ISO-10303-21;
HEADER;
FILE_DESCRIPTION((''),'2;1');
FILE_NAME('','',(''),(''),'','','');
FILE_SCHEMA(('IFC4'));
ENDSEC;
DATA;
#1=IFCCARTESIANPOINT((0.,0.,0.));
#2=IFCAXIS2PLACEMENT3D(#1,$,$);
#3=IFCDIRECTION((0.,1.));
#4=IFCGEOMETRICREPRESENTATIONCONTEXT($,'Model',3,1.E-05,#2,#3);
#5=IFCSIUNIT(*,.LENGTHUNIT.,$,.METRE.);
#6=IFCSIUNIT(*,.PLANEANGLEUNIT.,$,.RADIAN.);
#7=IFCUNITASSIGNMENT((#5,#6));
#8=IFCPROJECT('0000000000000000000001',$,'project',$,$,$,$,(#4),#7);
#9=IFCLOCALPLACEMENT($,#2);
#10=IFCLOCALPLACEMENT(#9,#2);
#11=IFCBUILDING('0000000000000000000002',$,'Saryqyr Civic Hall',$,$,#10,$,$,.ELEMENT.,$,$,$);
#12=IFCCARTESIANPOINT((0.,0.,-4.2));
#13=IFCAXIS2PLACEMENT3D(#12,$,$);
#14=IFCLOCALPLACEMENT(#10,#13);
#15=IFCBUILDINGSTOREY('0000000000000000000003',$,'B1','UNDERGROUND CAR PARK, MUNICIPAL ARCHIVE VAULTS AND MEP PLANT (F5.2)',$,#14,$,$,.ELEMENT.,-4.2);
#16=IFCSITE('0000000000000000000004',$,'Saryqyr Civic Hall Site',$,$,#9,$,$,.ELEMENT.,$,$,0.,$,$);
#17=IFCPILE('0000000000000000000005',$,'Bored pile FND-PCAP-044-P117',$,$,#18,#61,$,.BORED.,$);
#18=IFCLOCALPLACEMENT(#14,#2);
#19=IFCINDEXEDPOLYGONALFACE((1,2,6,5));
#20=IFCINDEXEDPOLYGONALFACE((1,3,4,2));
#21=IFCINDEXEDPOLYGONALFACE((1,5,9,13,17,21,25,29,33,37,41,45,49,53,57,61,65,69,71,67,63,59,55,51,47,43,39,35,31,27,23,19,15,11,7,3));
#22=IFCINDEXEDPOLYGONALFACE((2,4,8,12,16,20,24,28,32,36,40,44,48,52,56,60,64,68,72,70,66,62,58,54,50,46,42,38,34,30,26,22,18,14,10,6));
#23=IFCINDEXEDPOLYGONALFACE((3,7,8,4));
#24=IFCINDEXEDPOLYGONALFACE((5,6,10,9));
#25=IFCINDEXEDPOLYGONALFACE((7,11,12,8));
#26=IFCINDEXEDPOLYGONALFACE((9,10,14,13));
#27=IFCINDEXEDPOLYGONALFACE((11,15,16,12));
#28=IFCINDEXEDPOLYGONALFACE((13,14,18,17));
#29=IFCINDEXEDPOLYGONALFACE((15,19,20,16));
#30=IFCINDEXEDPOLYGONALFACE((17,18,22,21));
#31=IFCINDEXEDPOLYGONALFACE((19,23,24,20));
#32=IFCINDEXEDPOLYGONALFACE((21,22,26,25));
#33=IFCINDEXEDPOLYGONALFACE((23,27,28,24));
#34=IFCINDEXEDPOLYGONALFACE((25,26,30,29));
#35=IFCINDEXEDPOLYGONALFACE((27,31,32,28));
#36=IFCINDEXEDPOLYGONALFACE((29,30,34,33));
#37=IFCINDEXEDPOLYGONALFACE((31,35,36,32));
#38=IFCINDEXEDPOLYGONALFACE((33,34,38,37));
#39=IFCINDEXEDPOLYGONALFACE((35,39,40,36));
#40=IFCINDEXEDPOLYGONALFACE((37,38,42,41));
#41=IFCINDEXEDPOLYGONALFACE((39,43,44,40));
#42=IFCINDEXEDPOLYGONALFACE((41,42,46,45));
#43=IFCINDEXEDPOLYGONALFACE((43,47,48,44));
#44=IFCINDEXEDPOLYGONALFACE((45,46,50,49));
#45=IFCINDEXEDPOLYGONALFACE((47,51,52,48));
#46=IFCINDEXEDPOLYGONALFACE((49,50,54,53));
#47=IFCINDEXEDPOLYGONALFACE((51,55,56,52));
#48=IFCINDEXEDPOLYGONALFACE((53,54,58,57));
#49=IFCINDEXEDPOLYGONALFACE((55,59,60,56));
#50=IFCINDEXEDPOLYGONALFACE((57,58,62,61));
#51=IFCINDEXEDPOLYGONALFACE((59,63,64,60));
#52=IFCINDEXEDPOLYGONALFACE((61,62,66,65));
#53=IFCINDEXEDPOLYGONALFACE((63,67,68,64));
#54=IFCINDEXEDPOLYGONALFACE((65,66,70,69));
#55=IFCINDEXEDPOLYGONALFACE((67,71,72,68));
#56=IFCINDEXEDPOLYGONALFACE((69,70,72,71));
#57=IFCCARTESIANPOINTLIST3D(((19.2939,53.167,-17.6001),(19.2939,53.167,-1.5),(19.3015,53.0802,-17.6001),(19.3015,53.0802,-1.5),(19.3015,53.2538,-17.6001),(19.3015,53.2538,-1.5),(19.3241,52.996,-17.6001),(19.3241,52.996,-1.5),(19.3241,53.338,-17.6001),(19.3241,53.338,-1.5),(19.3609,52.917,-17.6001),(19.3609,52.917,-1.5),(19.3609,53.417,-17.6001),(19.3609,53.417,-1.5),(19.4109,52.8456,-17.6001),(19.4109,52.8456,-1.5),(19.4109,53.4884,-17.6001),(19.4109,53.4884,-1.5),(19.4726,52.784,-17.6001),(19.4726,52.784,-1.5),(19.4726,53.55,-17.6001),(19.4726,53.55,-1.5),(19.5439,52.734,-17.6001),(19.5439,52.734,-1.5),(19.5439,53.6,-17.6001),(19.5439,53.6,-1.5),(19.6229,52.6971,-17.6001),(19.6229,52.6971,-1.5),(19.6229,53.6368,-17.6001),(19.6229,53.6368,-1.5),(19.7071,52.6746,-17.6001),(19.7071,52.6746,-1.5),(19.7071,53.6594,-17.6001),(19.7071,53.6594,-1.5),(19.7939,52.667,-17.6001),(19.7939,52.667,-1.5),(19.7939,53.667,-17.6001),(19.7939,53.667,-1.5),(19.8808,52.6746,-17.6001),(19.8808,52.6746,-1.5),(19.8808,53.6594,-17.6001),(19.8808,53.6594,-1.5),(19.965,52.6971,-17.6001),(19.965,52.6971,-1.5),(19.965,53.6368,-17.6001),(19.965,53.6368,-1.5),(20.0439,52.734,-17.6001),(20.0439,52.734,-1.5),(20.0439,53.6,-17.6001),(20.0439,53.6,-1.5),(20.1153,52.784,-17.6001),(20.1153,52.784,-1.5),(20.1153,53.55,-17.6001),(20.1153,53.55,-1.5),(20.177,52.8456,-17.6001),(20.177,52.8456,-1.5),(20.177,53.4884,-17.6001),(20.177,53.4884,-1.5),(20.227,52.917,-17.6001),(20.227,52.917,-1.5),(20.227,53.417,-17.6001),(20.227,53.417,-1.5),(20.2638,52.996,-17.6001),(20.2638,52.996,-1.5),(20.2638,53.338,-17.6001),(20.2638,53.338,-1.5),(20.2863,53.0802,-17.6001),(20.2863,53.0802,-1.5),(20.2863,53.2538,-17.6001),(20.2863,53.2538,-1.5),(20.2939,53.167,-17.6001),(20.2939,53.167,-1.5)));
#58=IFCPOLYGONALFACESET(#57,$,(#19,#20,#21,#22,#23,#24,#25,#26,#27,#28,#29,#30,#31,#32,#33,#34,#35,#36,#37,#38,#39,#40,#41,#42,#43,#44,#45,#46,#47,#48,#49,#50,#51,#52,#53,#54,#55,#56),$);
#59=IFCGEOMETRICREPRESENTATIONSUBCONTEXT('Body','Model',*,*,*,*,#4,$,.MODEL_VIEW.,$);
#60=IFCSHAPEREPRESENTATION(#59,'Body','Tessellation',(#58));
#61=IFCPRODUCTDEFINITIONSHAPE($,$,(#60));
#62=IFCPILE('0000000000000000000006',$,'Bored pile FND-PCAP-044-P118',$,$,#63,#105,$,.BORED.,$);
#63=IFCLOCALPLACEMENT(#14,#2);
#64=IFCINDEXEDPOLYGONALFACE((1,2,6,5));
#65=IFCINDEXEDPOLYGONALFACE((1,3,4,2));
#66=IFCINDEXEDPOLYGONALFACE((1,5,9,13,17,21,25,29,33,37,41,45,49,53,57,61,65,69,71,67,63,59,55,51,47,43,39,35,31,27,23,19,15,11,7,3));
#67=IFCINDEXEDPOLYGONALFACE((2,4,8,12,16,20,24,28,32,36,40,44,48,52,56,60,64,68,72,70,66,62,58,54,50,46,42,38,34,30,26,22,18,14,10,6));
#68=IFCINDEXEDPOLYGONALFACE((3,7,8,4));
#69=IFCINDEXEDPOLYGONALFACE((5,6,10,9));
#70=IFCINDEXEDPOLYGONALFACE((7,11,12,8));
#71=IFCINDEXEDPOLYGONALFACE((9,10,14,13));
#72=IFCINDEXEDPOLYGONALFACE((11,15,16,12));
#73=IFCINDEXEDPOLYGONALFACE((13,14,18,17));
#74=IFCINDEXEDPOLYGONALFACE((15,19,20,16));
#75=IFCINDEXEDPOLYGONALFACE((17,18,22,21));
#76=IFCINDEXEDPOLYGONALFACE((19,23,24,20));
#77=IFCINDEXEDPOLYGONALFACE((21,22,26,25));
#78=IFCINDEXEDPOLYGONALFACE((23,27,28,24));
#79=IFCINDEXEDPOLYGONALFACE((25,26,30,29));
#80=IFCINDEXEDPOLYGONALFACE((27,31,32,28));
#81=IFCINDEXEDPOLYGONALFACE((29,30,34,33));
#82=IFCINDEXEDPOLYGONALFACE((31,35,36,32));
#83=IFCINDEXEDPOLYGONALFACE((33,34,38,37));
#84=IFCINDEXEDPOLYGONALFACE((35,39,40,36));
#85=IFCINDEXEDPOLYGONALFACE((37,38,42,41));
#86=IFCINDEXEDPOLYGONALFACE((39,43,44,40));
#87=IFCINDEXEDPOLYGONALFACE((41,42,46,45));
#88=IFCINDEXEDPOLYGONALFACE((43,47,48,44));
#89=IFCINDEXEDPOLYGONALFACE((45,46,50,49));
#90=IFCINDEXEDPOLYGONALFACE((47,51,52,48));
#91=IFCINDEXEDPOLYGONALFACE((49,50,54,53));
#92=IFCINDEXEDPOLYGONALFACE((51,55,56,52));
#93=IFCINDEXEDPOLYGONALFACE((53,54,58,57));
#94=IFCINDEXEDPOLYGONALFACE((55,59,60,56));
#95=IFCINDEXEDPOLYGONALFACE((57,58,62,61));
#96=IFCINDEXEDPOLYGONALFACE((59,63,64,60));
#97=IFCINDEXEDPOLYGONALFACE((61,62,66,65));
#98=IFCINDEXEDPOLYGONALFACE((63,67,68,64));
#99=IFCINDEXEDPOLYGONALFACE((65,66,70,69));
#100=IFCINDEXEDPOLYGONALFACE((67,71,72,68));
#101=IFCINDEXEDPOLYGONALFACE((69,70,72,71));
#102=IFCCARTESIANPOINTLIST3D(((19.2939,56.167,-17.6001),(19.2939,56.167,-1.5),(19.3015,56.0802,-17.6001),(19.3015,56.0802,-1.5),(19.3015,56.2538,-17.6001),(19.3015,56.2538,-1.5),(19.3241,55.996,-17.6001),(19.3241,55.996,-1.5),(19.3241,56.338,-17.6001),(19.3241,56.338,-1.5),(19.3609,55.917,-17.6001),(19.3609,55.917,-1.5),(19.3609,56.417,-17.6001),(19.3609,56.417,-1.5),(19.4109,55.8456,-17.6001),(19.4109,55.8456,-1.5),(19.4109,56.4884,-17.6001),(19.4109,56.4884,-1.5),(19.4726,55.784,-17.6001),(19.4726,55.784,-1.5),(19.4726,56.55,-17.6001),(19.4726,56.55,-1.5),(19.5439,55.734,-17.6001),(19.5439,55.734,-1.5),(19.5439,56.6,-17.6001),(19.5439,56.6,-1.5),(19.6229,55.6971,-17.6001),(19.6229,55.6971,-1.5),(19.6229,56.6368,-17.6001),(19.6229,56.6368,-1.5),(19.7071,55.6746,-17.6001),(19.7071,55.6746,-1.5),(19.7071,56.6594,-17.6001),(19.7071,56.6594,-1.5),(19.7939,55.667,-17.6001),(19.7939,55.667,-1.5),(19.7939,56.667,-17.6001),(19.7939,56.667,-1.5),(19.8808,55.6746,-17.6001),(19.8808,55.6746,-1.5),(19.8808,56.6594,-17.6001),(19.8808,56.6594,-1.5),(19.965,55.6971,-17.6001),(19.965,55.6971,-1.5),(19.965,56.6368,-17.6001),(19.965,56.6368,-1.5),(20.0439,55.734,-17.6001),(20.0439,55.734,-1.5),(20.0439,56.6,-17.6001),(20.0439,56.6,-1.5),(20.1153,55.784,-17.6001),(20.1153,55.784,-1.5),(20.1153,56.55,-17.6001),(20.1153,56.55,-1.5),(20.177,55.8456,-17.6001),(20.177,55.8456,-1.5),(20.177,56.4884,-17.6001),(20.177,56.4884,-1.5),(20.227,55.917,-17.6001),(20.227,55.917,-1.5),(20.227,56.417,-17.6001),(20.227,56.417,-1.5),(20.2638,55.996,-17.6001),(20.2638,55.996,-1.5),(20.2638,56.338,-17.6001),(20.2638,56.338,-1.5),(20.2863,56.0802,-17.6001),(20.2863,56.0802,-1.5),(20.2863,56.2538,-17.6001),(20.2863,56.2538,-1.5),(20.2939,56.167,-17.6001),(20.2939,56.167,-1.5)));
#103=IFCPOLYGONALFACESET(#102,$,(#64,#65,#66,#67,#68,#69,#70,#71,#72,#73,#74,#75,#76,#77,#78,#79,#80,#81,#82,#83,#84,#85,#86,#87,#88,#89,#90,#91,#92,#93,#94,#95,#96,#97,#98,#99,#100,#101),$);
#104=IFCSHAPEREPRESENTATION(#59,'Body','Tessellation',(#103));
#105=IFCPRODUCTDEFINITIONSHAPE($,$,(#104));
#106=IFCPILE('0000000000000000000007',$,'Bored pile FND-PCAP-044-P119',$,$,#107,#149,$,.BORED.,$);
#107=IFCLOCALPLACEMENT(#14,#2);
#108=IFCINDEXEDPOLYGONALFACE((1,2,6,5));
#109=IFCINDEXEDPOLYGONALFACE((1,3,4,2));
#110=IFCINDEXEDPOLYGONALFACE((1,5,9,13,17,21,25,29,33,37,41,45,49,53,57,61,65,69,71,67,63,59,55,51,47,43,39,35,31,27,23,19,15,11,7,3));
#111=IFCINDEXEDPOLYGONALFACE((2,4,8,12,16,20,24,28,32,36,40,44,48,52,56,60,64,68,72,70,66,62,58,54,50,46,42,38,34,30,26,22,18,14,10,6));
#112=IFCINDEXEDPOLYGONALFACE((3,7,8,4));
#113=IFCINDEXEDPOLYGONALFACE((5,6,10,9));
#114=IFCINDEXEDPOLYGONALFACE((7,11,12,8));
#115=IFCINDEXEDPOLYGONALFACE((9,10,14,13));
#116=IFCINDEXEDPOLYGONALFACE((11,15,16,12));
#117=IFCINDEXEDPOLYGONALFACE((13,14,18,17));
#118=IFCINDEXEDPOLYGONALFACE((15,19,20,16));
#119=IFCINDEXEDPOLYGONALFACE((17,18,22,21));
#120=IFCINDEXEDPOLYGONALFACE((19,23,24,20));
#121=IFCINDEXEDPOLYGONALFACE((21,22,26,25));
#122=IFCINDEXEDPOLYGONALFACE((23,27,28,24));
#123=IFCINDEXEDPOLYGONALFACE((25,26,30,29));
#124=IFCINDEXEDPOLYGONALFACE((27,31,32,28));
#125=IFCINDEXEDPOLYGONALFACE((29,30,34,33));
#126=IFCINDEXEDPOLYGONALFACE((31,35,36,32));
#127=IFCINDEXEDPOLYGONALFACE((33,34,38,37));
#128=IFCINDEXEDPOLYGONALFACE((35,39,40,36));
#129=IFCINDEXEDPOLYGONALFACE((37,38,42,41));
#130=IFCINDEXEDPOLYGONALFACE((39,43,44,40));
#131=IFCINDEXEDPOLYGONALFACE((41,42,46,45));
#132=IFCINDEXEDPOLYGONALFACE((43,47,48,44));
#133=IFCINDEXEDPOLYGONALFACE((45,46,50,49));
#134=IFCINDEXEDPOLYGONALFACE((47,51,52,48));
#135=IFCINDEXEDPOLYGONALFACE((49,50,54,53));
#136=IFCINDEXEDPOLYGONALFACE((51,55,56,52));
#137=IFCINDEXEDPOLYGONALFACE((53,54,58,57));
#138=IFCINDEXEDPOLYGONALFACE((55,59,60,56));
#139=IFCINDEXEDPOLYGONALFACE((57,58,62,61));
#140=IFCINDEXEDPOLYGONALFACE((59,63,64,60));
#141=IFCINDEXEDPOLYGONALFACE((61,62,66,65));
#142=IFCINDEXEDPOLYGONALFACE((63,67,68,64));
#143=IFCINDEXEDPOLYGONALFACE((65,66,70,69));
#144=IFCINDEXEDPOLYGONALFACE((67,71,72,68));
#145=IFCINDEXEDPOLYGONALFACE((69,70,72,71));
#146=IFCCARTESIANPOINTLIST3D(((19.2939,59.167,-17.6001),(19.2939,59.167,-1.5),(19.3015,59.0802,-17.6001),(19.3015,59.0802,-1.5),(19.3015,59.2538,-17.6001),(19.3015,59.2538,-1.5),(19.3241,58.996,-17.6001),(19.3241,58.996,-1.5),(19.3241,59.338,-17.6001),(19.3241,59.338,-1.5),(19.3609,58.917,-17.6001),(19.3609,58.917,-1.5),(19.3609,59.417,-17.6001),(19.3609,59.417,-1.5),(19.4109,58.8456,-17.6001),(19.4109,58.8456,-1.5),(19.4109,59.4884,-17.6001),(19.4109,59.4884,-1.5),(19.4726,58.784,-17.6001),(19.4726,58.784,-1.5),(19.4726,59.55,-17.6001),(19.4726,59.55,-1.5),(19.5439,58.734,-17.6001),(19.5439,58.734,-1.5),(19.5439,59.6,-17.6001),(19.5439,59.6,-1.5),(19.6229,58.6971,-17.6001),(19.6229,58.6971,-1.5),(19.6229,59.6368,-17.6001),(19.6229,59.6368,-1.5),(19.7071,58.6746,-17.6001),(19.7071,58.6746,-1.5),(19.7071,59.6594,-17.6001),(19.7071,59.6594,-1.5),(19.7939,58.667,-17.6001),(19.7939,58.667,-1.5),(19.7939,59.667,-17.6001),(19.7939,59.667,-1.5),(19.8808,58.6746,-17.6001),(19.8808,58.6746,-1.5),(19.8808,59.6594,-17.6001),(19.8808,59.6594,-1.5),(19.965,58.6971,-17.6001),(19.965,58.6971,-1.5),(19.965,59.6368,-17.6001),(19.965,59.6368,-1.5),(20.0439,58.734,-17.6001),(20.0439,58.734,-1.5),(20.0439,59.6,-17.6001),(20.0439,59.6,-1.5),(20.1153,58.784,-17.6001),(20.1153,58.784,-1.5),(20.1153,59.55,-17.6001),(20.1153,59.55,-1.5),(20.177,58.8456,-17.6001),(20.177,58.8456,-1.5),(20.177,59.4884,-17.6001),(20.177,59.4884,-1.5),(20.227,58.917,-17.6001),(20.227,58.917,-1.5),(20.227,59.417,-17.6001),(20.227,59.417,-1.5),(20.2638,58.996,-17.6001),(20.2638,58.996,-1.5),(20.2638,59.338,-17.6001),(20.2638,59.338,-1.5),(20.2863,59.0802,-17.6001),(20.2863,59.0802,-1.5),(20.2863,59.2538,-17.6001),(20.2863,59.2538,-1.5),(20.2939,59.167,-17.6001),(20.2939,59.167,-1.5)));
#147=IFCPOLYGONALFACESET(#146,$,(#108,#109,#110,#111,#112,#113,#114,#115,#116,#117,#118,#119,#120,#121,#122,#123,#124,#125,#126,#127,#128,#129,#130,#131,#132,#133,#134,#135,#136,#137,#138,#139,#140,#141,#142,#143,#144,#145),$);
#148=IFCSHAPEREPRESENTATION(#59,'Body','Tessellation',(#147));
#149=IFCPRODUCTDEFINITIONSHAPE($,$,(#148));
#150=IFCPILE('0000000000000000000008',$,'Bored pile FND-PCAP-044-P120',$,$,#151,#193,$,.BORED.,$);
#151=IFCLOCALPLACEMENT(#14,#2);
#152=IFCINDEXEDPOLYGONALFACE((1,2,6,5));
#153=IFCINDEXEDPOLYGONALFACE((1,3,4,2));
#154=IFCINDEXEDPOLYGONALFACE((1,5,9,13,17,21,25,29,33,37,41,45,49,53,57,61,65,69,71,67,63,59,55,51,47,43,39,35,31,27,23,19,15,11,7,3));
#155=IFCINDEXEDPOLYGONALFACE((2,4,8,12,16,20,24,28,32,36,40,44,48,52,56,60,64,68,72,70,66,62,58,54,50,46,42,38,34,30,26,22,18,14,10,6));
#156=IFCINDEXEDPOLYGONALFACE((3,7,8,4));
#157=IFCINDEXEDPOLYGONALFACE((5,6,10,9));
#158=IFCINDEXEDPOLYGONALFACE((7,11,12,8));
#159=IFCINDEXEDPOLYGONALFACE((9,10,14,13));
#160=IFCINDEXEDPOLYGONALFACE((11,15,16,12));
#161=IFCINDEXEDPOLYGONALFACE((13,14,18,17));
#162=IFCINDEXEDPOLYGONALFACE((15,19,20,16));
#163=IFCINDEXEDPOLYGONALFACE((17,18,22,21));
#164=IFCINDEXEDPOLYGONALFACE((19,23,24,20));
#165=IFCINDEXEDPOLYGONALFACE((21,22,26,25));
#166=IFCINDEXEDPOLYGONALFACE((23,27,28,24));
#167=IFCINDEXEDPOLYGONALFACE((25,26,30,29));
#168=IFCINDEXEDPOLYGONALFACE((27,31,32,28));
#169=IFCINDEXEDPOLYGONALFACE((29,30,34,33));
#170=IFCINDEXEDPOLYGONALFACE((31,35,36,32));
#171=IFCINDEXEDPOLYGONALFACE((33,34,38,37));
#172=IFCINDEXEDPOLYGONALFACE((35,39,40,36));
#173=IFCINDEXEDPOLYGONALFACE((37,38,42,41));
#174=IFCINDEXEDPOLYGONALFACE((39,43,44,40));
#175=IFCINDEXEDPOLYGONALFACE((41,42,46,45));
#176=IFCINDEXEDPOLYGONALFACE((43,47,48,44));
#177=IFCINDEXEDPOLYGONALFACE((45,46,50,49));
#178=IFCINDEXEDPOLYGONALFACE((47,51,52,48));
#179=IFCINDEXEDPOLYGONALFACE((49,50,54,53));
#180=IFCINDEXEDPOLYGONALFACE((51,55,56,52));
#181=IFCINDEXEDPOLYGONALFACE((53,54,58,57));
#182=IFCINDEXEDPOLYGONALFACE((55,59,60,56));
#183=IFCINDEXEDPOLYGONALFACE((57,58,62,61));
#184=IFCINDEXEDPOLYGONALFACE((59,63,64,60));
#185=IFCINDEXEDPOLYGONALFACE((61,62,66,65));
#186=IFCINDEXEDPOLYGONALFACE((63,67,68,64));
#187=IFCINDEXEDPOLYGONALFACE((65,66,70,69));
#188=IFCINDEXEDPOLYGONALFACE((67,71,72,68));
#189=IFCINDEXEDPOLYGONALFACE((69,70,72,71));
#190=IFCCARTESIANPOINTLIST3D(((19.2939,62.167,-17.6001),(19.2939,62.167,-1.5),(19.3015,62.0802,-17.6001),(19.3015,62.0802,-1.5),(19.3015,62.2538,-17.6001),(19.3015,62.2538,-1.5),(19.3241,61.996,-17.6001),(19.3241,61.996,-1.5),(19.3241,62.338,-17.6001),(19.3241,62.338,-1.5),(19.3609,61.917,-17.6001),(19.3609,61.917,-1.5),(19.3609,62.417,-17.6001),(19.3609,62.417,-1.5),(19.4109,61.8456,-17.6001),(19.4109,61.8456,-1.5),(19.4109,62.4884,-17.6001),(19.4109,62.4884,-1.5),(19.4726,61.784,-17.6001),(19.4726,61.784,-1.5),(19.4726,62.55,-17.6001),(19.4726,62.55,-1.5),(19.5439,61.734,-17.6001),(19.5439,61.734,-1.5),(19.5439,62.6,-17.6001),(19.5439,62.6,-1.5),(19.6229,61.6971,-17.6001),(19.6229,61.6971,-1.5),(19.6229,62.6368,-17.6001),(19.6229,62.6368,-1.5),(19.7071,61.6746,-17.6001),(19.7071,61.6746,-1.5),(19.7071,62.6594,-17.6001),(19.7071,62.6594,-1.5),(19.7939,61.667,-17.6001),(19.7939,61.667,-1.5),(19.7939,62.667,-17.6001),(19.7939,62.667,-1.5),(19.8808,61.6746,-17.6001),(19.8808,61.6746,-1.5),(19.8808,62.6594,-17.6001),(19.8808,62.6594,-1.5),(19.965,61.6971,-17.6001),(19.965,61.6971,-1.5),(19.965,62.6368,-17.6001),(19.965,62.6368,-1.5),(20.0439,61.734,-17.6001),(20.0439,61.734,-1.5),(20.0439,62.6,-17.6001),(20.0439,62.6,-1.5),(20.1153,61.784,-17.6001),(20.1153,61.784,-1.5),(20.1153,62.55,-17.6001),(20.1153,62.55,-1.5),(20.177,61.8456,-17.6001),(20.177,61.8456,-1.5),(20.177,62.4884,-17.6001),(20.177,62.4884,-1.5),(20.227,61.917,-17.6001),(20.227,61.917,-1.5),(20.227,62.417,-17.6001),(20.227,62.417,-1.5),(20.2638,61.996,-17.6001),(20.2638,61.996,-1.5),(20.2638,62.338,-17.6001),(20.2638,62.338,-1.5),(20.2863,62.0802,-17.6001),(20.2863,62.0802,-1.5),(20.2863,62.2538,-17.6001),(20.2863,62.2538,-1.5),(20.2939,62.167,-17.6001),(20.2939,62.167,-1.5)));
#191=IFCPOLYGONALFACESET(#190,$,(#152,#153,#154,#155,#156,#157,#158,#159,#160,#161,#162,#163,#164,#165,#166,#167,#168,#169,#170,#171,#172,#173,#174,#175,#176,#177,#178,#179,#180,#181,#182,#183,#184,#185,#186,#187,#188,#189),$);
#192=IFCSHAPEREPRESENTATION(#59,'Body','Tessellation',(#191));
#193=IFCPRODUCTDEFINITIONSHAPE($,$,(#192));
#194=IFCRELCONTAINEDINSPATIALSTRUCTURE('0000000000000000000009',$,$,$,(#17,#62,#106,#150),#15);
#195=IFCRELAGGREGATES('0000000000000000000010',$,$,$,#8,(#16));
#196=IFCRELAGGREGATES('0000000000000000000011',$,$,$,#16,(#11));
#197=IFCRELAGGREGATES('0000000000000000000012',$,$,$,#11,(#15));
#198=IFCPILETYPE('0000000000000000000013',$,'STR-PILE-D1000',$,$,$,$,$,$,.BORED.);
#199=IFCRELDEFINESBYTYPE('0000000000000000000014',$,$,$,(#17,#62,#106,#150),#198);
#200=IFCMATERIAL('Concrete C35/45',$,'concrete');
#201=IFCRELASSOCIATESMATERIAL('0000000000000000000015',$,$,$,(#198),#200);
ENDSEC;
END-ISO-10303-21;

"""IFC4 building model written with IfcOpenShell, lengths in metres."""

from ifc_helpers import new_model, si_unit, direction, frame, origin, origin_2d, place, context, subcontext, project, spatial, circle, extrude, material, material_profile, profile_set, type_object, element, save


model = new_model("IFC4")

# Units and contexts
model_context = context("Model", 3, precision=1e-05, world=origin(), true_north=direction((0.0, 1.0)))
body_context = subcontext(model_context, "Body", "Model", "MODEL_VIEW")
ifc_project = project(units=[si_unit("LENGTHUNIT", "METRE"), si_unit("PLANEANGLEUNIT", "RADIAN")], contexts=[model_context])

# Site, building, storey
site_placement = place(None, origin())
site = spatial("IfcSite", under=ifc_project, at=site_placement, Name="Saryqyr Civic Hall Site", CompositionType="ELEMENT", RefElevation=0.0)
building_placement = place(site_placement, origin())
building = spatial("IfcBuilding", under=site, at=building_placement, Name="Saryqyr Civic Hall", CompositionType="ELEMENT")
storey_placement = place(building_placement, frame((0.0, 0.0, -4.2)))
storey = spatial("IfcBuildingStorey", under=building, at=storey_placement, Name="B1", Description="UNDERGROUND CAR PARK, MUNICIPAL ARCHIVE VAULTS AND MEP PLANT (F5.2)", CompositionType="ELEMENT", Elevation=-4.2)

# Piles
ifc_material_1 = material(Name="Concrete C35/45", Category="concrete")
ifc_material_profile_1 = material_profile(ifc_material_1, circle(Radius=0.5, at=origin_2d()), Name="BORED PILE D1000")
ifc_profile_set_1 = profile_set([ifc_material_profile_1], Name="Concrete C35/45")
pile_type = type_object("IfcPileType", Name="STR-PILE-D1000", PredefinedType="BORED", material=ifc_profile_set_1)
for number, where, z_axis, x_axis, name in (
    (1, (19.7939, 53.167, -1.5), (0.0, 0.0, -1.0), (1.0, 0.0, 0.0), "Bored pile FND-PCAP-044-P117"),
    (2, (19.7939, 56.167, -1.5), (0.0, 0.0, -1.0), (1.0, 0.0, 0.0), "Bored pile FND-PCAP-044-P118"),
    (3, (19.7939, 59.167, -1.5), (0.0, 0.0, -1.0), (1.0, 0.0, 0.0), "Bored pile FND-PCAP-044-P119"),
    (4, (19.7939, 62.167, -1.5), (0.0, 0.0, -1.0), (1.0, 0.0, 0.0), "Bored pile FND-PCAP-044-P120"),
):
    element("IfcPile", number, at=place(storey_placement, frame(where, z_axis=z_axis, x_axis=x_axis)), inside=storey, type_object=pile_type, Name=name, PredefinedType="BORED", context=body_context, shape_type="SweptSolid", body=[
        extrude(circle(Radius=0.5, at=origin_2d()), origin(), (0.0, 0.0, 1.0), 16.1001),
    ])

save(model, "model.ifc")
